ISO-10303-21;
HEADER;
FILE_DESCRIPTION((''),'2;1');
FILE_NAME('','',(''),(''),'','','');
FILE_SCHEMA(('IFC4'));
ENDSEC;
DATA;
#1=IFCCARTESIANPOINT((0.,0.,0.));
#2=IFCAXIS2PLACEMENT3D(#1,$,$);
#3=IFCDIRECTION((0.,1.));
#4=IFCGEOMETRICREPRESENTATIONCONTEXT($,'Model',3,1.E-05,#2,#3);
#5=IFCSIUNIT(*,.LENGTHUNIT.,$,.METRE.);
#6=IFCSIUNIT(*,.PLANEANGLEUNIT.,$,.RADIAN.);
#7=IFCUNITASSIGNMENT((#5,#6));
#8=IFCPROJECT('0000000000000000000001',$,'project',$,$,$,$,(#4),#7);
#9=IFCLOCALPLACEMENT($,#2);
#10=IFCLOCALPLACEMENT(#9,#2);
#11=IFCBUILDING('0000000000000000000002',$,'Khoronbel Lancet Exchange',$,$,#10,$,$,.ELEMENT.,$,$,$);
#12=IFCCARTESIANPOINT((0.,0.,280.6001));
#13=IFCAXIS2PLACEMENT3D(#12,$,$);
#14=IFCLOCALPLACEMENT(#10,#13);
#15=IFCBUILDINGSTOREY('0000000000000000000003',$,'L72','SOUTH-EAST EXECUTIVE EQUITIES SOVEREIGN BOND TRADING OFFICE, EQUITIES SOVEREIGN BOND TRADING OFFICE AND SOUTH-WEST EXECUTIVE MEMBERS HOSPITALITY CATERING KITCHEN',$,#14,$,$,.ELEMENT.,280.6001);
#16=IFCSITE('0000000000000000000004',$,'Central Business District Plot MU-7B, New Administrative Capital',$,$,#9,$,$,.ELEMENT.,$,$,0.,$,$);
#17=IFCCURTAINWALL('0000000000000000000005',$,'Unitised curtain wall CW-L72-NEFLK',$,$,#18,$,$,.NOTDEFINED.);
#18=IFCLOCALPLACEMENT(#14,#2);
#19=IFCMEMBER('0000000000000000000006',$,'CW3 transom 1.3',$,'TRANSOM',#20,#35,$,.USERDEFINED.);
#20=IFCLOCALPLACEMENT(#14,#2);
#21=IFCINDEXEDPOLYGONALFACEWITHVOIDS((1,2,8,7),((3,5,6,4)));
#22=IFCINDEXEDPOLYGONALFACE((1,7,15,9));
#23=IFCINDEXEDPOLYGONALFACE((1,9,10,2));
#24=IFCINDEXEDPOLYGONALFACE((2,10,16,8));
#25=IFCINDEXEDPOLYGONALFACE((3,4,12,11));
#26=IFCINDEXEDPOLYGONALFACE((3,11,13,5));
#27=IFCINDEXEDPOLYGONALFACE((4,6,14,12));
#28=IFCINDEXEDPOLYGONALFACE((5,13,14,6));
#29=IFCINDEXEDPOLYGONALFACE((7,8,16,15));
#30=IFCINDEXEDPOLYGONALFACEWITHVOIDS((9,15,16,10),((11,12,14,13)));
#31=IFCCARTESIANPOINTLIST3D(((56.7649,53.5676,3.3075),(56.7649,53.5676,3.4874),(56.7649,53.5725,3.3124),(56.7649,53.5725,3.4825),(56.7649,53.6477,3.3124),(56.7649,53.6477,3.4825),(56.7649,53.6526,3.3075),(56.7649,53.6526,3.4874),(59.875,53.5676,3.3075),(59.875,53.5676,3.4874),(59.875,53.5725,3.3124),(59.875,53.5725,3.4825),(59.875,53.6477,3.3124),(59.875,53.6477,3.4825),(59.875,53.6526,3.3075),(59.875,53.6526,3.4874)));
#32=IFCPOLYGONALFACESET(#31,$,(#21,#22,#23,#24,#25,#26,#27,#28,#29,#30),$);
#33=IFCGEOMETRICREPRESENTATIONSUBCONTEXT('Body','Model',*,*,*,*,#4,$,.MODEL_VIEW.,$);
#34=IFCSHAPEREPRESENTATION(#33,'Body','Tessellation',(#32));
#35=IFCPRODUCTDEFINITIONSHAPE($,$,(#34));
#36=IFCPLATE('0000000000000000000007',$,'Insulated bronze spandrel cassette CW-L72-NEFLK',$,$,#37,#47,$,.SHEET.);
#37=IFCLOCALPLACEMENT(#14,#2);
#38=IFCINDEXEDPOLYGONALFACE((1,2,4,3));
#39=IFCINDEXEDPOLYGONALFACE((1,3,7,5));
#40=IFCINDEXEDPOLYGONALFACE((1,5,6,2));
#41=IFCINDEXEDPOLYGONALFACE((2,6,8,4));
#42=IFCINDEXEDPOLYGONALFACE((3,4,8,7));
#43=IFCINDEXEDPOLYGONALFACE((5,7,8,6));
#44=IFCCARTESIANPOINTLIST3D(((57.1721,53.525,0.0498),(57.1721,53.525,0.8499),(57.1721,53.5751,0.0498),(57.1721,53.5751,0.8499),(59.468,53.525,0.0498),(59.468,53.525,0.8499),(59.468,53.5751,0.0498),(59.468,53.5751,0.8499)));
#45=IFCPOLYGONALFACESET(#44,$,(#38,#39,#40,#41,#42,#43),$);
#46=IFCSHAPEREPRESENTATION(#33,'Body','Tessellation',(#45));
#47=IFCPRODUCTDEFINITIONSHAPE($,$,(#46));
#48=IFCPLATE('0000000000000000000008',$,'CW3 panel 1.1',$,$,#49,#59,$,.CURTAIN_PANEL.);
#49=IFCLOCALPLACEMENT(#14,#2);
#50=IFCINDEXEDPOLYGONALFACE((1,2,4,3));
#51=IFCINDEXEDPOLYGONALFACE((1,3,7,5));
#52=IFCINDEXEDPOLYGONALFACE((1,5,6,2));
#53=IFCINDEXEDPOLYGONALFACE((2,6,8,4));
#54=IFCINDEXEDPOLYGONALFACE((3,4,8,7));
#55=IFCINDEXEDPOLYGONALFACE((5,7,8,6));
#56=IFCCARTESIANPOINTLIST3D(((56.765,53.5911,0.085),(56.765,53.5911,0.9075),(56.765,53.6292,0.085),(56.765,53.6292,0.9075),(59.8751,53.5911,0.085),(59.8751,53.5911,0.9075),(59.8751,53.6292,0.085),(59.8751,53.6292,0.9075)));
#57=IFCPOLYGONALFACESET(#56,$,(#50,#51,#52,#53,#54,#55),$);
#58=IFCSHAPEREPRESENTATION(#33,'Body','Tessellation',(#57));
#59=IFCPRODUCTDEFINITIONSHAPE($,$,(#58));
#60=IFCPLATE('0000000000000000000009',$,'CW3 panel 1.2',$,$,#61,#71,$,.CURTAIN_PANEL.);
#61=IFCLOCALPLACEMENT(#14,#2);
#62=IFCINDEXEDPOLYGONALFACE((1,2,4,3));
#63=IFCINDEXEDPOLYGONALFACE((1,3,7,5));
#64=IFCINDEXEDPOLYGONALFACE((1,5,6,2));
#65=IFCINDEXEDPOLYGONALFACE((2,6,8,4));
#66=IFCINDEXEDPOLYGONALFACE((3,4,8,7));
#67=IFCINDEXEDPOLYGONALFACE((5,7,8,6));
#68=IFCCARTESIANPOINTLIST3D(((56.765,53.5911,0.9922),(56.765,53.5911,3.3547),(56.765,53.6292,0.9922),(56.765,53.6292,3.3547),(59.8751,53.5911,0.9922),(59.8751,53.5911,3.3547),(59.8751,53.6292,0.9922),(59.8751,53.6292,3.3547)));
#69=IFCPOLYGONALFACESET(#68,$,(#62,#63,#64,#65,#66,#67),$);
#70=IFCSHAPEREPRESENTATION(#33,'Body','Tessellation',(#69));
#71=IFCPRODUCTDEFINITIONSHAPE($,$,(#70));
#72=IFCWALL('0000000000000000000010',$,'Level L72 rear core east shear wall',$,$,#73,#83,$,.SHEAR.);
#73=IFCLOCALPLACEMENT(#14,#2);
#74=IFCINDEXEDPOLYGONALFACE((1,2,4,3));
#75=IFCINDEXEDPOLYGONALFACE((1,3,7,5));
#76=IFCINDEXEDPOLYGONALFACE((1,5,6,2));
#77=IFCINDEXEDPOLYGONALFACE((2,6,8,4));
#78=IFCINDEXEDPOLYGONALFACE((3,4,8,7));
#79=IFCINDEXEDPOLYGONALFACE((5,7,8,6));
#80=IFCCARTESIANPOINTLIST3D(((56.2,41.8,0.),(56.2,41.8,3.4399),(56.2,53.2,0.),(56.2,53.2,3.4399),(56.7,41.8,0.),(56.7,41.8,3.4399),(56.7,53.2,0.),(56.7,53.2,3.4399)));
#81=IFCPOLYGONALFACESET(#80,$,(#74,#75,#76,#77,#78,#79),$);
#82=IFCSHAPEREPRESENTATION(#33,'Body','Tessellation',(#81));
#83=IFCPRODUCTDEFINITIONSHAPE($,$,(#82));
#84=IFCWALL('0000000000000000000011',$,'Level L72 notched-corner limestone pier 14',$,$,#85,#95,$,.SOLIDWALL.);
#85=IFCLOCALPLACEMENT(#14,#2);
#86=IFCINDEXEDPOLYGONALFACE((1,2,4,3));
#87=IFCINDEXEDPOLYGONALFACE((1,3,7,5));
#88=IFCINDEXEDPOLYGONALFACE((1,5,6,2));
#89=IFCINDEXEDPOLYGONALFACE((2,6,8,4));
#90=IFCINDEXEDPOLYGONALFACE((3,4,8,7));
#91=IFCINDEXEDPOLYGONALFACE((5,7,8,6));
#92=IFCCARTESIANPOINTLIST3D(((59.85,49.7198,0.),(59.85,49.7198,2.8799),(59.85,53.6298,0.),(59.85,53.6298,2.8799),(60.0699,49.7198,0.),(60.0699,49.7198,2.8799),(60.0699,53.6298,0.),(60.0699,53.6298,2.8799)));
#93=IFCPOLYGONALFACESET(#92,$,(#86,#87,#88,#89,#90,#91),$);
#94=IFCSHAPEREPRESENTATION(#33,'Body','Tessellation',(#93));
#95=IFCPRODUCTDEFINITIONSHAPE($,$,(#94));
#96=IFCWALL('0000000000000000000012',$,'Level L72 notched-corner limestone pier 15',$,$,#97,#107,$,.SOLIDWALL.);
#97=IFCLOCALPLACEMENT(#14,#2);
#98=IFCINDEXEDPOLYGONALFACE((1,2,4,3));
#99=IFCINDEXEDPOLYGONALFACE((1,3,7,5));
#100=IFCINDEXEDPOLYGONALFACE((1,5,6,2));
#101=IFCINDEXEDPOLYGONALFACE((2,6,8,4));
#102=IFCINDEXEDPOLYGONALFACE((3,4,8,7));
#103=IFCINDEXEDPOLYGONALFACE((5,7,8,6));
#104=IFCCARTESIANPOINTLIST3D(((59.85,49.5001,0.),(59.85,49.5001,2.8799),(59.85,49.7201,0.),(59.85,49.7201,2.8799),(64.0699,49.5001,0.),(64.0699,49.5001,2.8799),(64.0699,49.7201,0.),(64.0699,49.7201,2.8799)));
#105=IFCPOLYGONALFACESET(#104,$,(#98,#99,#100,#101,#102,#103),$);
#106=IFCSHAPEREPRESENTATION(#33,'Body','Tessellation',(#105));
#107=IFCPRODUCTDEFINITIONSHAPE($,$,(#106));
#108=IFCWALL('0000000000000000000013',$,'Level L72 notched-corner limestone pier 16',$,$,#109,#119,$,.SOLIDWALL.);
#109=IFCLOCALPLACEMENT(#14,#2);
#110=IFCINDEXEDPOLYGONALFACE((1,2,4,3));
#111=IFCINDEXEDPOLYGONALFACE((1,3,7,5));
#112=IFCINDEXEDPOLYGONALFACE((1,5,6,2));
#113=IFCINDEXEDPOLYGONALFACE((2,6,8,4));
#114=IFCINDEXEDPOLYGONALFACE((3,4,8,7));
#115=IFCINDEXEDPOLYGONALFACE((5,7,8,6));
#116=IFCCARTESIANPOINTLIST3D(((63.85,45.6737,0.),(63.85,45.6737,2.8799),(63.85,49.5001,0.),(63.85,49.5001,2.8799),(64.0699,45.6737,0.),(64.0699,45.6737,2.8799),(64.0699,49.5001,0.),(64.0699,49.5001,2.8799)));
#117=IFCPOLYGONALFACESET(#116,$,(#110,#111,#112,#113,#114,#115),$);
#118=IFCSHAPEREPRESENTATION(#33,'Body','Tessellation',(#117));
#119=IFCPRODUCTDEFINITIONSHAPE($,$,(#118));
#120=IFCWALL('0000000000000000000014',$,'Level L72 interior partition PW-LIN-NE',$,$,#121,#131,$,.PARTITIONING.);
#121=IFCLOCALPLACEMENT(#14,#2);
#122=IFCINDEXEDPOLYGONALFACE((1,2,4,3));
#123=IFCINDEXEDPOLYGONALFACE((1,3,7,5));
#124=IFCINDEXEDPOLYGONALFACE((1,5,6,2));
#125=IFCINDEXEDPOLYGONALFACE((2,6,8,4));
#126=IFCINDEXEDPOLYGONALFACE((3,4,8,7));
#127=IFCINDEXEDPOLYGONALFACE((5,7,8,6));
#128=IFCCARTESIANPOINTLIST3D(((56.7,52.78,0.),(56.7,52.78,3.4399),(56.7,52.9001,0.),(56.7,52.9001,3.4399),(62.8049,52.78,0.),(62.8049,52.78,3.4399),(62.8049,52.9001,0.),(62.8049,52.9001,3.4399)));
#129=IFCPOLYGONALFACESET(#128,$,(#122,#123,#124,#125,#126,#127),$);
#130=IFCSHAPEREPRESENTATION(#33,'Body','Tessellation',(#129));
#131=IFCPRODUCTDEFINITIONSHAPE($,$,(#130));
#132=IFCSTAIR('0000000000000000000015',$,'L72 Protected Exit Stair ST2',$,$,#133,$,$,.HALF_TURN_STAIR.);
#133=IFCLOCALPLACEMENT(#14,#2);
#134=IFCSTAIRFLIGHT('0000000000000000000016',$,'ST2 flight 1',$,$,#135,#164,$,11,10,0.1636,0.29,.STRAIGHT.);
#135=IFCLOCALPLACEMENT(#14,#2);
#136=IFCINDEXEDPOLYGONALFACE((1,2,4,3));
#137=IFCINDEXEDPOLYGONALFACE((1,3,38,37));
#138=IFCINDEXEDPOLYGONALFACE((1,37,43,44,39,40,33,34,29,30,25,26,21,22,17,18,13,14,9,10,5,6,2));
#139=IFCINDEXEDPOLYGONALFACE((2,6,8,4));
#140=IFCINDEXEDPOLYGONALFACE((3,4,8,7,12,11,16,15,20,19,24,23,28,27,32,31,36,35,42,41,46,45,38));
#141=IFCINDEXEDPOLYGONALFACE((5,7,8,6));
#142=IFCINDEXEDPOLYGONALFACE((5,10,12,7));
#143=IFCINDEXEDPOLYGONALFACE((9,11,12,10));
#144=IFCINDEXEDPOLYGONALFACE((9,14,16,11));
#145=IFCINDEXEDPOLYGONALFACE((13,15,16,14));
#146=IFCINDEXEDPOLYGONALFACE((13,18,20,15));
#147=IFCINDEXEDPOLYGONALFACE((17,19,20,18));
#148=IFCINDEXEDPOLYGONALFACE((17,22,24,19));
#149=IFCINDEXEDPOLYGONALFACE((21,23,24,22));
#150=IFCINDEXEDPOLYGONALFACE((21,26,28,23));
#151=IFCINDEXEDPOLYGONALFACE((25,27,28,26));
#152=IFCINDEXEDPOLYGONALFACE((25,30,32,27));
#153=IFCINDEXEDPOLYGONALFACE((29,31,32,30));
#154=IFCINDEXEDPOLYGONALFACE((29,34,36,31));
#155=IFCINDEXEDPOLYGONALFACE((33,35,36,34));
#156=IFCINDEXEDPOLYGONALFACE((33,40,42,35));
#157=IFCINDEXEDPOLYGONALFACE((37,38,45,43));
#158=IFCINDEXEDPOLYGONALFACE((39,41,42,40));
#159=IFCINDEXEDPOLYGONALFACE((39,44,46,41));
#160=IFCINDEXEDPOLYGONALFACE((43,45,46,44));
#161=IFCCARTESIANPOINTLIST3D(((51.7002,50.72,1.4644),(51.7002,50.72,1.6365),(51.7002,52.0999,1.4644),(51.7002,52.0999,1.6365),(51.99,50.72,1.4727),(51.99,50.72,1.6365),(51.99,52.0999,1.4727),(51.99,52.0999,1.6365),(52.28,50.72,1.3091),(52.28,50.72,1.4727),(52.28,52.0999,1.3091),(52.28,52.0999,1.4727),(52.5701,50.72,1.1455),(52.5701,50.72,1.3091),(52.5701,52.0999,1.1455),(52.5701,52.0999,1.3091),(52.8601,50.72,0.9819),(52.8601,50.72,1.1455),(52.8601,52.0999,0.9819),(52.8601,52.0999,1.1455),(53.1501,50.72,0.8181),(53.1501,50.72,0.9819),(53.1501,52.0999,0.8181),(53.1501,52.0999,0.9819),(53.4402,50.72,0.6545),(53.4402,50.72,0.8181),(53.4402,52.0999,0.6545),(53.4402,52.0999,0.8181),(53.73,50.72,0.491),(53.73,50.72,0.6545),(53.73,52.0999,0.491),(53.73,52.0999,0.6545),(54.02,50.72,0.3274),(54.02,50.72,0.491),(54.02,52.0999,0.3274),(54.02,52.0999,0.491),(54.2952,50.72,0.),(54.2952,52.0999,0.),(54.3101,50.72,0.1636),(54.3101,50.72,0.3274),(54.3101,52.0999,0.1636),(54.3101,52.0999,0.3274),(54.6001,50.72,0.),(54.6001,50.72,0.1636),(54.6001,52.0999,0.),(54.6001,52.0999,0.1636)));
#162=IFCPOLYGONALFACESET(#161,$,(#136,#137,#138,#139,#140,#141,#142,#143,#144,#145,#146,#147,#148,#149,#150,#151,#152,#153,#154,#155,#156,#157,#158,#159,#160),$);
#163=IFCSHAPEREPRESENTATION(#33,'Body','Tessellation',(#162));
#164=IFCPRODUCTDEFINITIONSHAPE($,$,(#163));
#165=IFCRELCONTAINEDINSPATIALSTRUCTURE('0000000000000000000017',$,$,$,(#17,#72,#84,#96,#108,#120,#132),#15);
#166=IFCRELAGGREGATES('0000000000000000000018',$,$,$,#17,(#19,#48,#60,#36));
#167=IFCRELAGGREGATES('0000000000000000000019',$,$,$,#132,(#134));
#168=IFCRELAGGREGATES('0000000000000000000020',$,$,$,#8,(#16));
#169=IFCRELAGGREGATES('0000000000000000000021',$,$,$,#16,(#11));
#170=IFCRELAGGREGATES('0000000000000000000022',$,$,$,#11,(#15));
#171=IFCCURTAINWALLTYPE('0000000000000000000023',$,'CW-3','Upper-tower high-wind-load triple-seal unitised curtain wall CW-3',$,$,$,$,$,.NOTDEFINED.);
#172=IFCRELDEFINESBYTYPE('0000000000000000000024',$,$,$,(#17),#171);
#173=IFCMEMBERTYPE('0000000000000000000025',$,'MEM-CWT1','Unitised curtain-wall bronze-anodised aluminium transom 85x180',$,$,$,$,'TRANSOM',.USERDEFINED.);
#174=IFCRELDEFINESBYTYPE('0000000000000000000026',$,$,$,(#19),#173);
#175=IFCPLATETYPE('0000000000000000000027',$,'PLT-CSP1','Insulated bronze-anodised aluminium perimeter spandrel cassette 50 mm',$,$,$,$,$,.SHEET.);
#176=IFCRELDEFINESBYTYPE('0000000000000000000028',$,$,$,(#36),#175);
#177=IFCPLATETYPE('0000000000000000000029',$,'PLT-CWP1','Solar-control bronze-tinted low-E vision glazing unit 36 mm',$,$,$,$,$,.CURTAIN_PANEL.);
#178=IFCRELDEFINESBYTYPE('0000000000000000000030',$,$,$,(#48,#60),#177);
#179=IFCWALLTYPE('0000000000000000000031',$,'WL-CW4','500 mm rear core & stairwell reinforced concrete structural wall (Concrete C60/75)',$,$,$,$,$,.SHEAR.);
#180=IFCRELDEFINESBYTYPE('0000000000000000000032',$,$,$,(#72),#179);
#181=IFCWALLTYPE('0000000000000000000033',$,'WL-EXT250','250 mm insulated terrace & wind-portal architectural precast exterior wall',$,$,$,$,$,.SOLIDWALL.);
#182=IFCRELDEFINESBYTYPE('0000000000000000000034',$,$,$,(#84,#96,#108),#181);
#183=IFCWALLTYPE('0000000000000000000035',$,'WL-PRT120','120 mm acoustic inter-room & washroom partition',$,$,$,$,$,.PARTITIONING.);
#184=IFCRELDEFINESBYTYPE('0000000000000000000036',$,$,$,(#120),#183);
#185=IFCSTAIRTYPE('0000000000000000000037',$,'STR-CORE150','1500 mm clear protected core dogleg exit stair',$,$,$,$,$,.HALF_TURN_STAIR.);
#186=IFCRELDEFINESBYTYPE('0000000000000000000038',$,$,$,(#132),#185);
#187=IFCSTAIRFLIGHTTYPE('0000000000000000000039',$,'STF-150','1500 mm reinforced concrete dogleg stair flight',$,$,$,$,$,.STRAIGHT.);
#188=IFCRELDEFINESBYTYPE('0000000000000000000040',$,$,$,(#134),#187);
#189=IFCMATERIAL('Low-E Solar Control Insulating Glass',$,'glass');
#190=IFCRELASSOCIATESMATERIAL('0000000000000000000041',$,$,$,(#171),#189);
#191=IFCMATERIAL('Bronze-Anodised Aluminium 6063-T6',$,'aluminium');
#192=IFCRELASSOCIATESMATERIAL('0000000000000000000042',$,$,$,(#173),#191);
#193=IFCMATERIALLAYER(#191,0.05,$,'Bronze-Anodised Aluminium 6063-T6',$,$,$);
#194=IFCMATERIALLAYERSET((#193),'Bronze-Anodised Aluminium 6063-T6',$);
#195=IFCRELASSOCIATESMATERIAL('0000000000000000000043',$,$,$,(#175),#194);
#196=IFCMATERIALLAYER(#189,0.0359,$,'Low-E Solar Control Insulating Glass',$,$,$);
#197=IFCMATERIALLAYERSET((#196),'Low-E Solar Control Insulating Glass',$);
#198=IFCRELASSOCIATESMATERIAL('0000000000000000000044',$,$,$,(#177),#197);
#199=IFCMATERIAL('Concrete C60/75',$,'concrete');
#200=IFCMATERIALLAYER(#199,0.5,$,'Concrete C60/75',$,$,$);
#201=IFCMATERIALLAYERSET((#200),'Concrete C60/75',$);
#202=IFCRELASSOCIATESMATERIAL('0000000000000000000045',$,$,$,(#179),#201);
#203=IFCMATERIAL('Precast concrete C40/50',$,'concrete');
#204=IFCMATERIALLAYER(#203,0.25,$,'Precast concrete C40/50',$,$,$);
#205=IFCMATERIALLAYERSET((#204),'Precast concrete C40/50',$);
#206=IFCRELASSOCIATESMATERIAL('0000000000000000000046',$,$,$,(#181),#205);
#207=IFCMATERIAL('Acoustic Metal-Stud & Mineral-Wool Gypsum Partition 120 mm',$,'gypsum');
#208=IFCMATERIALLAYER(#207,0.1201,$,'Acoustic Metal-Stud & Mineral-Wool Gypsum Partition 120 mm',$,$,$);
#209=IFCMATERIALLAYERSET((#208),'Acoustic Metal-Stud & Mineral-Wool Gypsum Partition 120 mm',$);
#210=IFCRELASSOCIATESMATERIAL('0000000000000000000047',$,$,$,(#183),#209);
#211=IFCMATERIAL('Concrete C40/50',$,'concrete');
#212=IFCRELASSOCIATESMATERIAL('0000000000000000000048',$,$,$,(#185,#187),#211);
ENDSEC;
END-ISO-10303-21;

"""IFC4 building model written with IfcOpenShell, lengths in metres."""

from ifc_helpers import new_model, si_unit, direction, frame, frame_2d, origin, origin_2d, place, context, subcontext, project, spatial, polyline, rectangle, hollow_rectangle, outline, extrude, material, layer, layer_set, material_profile, profile_set, type_object, element, aggregate, save


model = new_model("IFC4")

# Units and contexts
model_context = context("Model", 3, precision=1e-05, world=origin(), true_north=direction((0.0, 1.0)))
body_context = subcontext(model_context, "Body", "Model", "MODEL_VIEW")
ifc_project = project(units=[si_unit("LENGTHUNIT", "METRE"), si_unit("PLANEANGLEUNIT", "RADIAN")], contexts=[model_context])

# Site, building, storey
site_placement = place(None, origin())
site = spatial("IfcSite", under=ifc_project, at=site_placement, Name="Central Business District Plot MU-7B, New Administrative Capital", CompositionType="ELEMENT", RefElevation=0.0)
building_placement = place(site_placement, origin())
building = spatial("IfcBuilding", under=site, at=building_placement, Name="Khoronbel Lancet Exchange", CompositionType="ELEMENT")
storey_placement = place(building_placement, frame((0.0, 0.0, 280.6001)))
storey = spatial("IfcBuildingStorey", under=building, at=storey_placement, Name="L72", Description="SOUTH-EAST EXECUTIVE EQUITIES SOVEREIGN BOND TRADING OFFICE, EQUITIES SOVEREIGN BOND TRADING OFFICE AND SOUTH-WEST EXECUTIVE MEMBERS HOSPITALITY CATERING KITCHEN", CompositionType="ELEMENT", Elevation=280.6001)

# Curtain wall, member, plates
ifc_material_1 = material(Name="Low-E Solar Control Insulating Glass", Category="glass")
curtain_wall_type = type_object("IfcCurtainWallType", Name="CW-3", Description="Upper-tower high-wind-load triple-seal unitised curtain wall CW-3", PredefinedType="NOTDEFINED", material=ifc_material_1)
curtain_wall_placement = place(storey_placement, origin())
curtain_wall = element("IfcCurtainWall", 1, at=curtain_wall_placement, inside=storey, type_object=curtain_wall_type, Name="Unitised curtain wall CW-L72-NEFLK", PredefinedType="NOTDEFINED")
ifc_material_2 = material(Name="Bronze-Anodised Aluminium 6063-T6", Category="aluminium")
ifc_material_profile_1 = material_profile(ifc_material_2, hollow_rectangle(XDim=0.085, YDim=0.1799, WallThickness=0.0049, at=origin_2d()), Name="ALU TRANSOM 85x180")
ifc_profile_set_1 = profile_set([ifc_material_profile_1], Name="Bronze-Anodised Aluminium 6063-T6")
member_type_1 = type_object("IfcMemberType", Name="MEM-CWT1", Description="Unitised curtain-wall bronze-anodised aluminium transom 85x180", ElementType="TRANSOM", PredefinedType="USERDEFINED", material=ifc_profile_set_1)
member_1_placement = place(storey_placement, frame((59.875, 53.6101, 3.3975), z_axis=(-1.0, 0.0, 0.0), x_axis=(0.0, -1.0, 0.0)))
member_1 = element("IfcMember", 2, at=member_1_placement, type_object=member_type_1, Name="CW3 transom 1.3", ObjectType="TRANSOM", PredefinedType="USERDEFINED", context=body_context, shape_type="SweptSolid", body=[
    extrude(hollow_rectangle(XDim=0.085, YDim=0.1799, WallThickness=0.0049, at=origin_2d()), origin(), (0.0, 0.0, 1.0), 3.1101),
])
ifc_layer_1 = layer(ifc_material_2, 0.05, Name="Bronze-Anodised Aluminium 6063-T6")
ifc_layer_set_1 = layer_set([ifc_layer_1], Name="Bronze-Anodised Aluminium 6063-T6")
plate_type_1 = type_object("IfcPlateType", Name="PLT-CSP1", Description="Insulated bronze-anodised aluminium perimeter spandrel cassette 50 mm", PredefinedType="SHEET", material=ifc_layer_set_1)
plate_1_placement = place(storey_placement, frame((58.3201, 53.55, 0.0498), z_axis=(0.0, 0.0, 1.0), x_axis=(-1.0, 0.0, 0.0)))
plate_1 = element("IfcPlate", 3, at=plate_1_placement, type_object=plate_type_1, Name="Insulated bronze spandrel cassette CW-L72-NEFLK", PredefinedType="SHEET", context=body_context, shape_type="SweptSolid", body=[
    extrude(rectangle(XDim=2.2959, YDim=0.05, at=origin_2d()), origin(), (0.0, 0.0, 1.0), 0.8),
])
ifc_layer_2 = layer(ifc_material_1, 0.0359, Name="Low-E Solar Control Insulating Glass")
ifc_layer_set_2 = layer_set([ifc_layer_2], Name="Low-E Solar Control Insulating Glass")
plate_type_2 = type_object("IfcPlateType", Name="PLT-CWP1", Description="Solar-control bronze-tinted low-E vision glazing unit 36 mm", PredefinedType="CURTAIN_PANEL", material=ifc_layer_set_2)
plate_2_placement = place(storey_placement, frame((58.3201, 53.6101, 0.085), z_axis=(0.0, 0.0, 1.0), x_axis=(-1.0, 0.0, 0.0)))
plate_2 = element("IfcPlate", 4, at=plate_2_placement, type_object=plate_type_2, Name="CW3 panel 1.1", PredefinedType="CURTAIN_PANEL", context=body_context, shape_type="SweptSolid", body=[
    extrude(rectangle(XDim=3.1101, YDim=0.0381, at=origin_2d()), origin(), (0.0, 0.0, 1.0), 0.8225),
])
plate_3_placement = place(storey_placement, frame((58.3201, 53.6101, 0.9922), z_axis=(0.0, 0.0, 1.0), x_axis=(-1.0, 0.0, 0.0)))
plate_3 = element("IfcPlate", 5, at=plate_3_placement, type_object=plate_type_2, Name="CW3 panel 1.2", PredefinedType="CURTAIN_PANEL", context=body_context, shape_type="SweptSolid", body=[
    extrude(rectangle(XDim=3.1101, YDim=0.0381, at=origin_2d()), origin(), (0.0, 0.0, 1.0), 2.3625),
])
aggregate(curtain_wall, [member_1, plate_2, plate_3, plate_1])

# Walls
ifc_material_3 = material(Name="Concrete C60/75", Category="concrete")
ifc_layer_3 = layer(ifc_material_3, 0.5, Name="Concrete C60/75")
ifc_layer_set_3 = layer_set([ifc_layer_3], Name="Concrete C60/75")
wall_type_1 = type_object("IfcWallType", Name="WL-CW4", Description="500 mm rear core & stairwell reinforced concrete structural wall (Concrete C60/75)", PredefinedType="SHEAR", material=ifc_layer_set_3)
wall_1_placement = place(storey_placement, frame((56.45, 53.2, 0.0), z_axis=(0.0, 0.0, 1.0), x_axis=(0.0, -1.0, 0.0)))
element("IfcWall", 6, at=wall_1_placement, inside=storey, type_object=wall_type_1, Name="Level L72 rear core east shear wall", PredefinedType="SHEAR", context=body_context, shape_type="SweptSolid", body=[
    extrude(rectangle(XDim=11.3999, YDim=0.5, at=frame_2d((5.7, 0.0))), origin(), (0.0, 0.0, 1.0), 3.4399),
])
ifc_material_4 = material(Name="Precast concrete C40/50", Category="concrete")
ifc_layer_4 = layer(ifc_material_4, 0.25, Name="Precast concrete C40/50")
ifc_layer_set_4 = layer_set([ifc_layer_4], Name="Precast concrete C40/50")
wall_type_2 = type_object("IfcWallType", Name="WL-EXT250", Description="250 mm insulated terrace & wind-portal architectural precast exterior wall", PredefinedType="SOLIDWALL", material=ifc_layer_set_4)
wall_2_placement = place(storey_placement, frame((59.96, 53.6299, 0.0), z_axis=(0.0, 0.0, 1.0), x_axis=(0.0, -1.0, 0.0)))
element("IfcWall", 7, at=wall_2_placement, inside=storey, type_object=wall_type_2, Name="Level L72 notched-corner limestone pier 14", PredefinedType="SOLIDWALL", context=body_context, shape_type="SweptSolid", body=[
    extrude(rectangle(XDim=3.9099, YDim=0.22, at=frame_2d((1.9551, 0.0))), origin(), (0.0, 0.0, 1.0), 2.8799),
])
wall_3_placement = place(storey_placement, frame((59.8501, 49.6101, 0.0), z_axis=(0.0, 0.0, 1.0), x_axis=(1.0, 0.0, 0.0)))
element("IfcWall", 8, at=wall_3_placement, inside=storey, type_object=wall_type_2, Name="Level L72 notched-corner limestone pier 15", PredefinedType="SOLIDWALL", context=body_context, shape_type="SweptSolid", body=[
    extrude(rectangle(XDim=4.22, YDim=0.22, at=frame_2d((2.1099, 0.0))), origin(), (0.0, 0.0, 1.0), 2.8799),
])
wall_4_placement = place(storey_placement, frame((63.96, 49.5, 0.0), z_axis=(0.0, 0.0, 1.0), x_axis=(0.0, -1.0, 0.0)))
element("IfcWall", 9, at=wall_4_placement, inside=storey, type_object=wall_type_2, Name="Level L72 notched-corner limestone pier 16", PredefinedType="SOLIDWALL", context=body_context, shape_type="SweptSolid", body=[
    extrude(rectangle(XDim=3.8264, YDim=0.22, at=frame_2d((1.9131, 0.0))), origin(), (0.0, 0.0, 1.0), 2.8799),
])
ifc_material_5 = material(Name="Acoustic Metal-Stud & Mineral-Wool Gypsum Partition 120 mm", Category="gypsum")
ifc_layer_5 = layer(ifc_material_5, 0.1201, Name="Acoustic Metal-Stud & Mineral-Wool Gypsum Partition 120 mm")
ifc_layer_set_5 = layer_set([ifc_layer_5], Name="Acoustic Metal-Stud & Mineral-Wool Gypsum Partition 120 mm")
wall_type_3 = type_object("IfcWallType", Name="WL-PRT120", Description="120 mm acoustic inter-room & washroom partition", PredefinedType="PARTITIONING", material=ifc_layer_set_5)
wall_5_placement = place(storey_placement, frame((56.7, 52.8401, 0.0), z_axis=(0.0, 0.0, 1.0), x_axis=(1.0, 0.0, 0.0)))
element("IfcWall", 10, at=wall_5_placement, inside=storey, type_object=wall_type_3, Name="Level L72 interior partition PW-LIN-NE", PredefinedType="PARTITIONING", context=body_context, shape_type="SweptSolid", body=[
    extrude(rectangle(XDim=6.105, YDim=0.1201, at=frame_2d((3.0525, 0.0))), origin(), (0.0, 0.0, 1.0), 3.4399),
])

# Stair, stair flight
ifc_material_6 = material(Name="Concrete C40/50", Category="concrete")
stair_type = type_object("IfcStairType", Name="STR-CORE150", Description="1500 mm clear protected core dogleg exit stair", PredefinedType="HALF_TURN_STAIR", material=ifc_material_6)
stair_placement = place(storey_placement, origin())
stair = element("IfcStair", 11, at=stair_placement, inside=storey, type_object=stair_type, Name="L72 Protected Exit Stair ST2", PredefinedType="HALF_TURN_STAIR")
stair_flight_type = type_object("IfcStairFlightType", Name="STF-150", Description="1500 mm reinforced concrete dogleg stair flight", PredefinedType="STRAIGHT", material=ifc_material_6)
stair_flight_placement = place(storey_placement, frame((54.6001, 51.4099, 0.0), z_axis=(0.0, 0.0, 1.0), x_axis=(-1.0, 0.0, 0.0)))
stair_flight = element("IfcStairFlight", 12, at=stair_flight_placement, type_object=stair_flight_type, Name="ST2 flight 1", NumberOfRisers=11, NumberOfTreads=10, PredefinedType="STRAIGHT", RiserHeight=0.1636, TreadLength=0.29, context=body_context, shape_type="SweptSolid", body=[
    extrude(outline(polyline([(0.0, 0.0), (0.0, 0.1636), (0.29, 0.1636), (0.29, 0.3274), (0.5801, 0.3274), (0.5801, 0.491), (0.8701, 0.491), (0.8701, 0.6545), (1.1599, 0.6545), (1.1599, 0.8181), (1.45, 0.8181), (1.45, 0.9819), (1.74, 0.9819), (1.74, 1.1455), (2.03, 1.1455), (2.03, 1.3091), (2.3201, 1.3091), (2.3201, 1.4727), (2.6101, 1.4727), (2.6101, 1.6365), (2.8999, 1.6365), (2.8999, 1.8), (2.8999, 1.4644), (0.3049, 0.0), (0.0, 0.0)])), frame((0.0, 0.6899, 0.0), z_axis=(0.0, -1.0, 0.0), x_axis=(1.0, 0.0, 0.0)), (0.0, 0.0, 1.0), 1.3799),
])
aggregate(stair, [stair_flight])

save(model, "model.ifc")
